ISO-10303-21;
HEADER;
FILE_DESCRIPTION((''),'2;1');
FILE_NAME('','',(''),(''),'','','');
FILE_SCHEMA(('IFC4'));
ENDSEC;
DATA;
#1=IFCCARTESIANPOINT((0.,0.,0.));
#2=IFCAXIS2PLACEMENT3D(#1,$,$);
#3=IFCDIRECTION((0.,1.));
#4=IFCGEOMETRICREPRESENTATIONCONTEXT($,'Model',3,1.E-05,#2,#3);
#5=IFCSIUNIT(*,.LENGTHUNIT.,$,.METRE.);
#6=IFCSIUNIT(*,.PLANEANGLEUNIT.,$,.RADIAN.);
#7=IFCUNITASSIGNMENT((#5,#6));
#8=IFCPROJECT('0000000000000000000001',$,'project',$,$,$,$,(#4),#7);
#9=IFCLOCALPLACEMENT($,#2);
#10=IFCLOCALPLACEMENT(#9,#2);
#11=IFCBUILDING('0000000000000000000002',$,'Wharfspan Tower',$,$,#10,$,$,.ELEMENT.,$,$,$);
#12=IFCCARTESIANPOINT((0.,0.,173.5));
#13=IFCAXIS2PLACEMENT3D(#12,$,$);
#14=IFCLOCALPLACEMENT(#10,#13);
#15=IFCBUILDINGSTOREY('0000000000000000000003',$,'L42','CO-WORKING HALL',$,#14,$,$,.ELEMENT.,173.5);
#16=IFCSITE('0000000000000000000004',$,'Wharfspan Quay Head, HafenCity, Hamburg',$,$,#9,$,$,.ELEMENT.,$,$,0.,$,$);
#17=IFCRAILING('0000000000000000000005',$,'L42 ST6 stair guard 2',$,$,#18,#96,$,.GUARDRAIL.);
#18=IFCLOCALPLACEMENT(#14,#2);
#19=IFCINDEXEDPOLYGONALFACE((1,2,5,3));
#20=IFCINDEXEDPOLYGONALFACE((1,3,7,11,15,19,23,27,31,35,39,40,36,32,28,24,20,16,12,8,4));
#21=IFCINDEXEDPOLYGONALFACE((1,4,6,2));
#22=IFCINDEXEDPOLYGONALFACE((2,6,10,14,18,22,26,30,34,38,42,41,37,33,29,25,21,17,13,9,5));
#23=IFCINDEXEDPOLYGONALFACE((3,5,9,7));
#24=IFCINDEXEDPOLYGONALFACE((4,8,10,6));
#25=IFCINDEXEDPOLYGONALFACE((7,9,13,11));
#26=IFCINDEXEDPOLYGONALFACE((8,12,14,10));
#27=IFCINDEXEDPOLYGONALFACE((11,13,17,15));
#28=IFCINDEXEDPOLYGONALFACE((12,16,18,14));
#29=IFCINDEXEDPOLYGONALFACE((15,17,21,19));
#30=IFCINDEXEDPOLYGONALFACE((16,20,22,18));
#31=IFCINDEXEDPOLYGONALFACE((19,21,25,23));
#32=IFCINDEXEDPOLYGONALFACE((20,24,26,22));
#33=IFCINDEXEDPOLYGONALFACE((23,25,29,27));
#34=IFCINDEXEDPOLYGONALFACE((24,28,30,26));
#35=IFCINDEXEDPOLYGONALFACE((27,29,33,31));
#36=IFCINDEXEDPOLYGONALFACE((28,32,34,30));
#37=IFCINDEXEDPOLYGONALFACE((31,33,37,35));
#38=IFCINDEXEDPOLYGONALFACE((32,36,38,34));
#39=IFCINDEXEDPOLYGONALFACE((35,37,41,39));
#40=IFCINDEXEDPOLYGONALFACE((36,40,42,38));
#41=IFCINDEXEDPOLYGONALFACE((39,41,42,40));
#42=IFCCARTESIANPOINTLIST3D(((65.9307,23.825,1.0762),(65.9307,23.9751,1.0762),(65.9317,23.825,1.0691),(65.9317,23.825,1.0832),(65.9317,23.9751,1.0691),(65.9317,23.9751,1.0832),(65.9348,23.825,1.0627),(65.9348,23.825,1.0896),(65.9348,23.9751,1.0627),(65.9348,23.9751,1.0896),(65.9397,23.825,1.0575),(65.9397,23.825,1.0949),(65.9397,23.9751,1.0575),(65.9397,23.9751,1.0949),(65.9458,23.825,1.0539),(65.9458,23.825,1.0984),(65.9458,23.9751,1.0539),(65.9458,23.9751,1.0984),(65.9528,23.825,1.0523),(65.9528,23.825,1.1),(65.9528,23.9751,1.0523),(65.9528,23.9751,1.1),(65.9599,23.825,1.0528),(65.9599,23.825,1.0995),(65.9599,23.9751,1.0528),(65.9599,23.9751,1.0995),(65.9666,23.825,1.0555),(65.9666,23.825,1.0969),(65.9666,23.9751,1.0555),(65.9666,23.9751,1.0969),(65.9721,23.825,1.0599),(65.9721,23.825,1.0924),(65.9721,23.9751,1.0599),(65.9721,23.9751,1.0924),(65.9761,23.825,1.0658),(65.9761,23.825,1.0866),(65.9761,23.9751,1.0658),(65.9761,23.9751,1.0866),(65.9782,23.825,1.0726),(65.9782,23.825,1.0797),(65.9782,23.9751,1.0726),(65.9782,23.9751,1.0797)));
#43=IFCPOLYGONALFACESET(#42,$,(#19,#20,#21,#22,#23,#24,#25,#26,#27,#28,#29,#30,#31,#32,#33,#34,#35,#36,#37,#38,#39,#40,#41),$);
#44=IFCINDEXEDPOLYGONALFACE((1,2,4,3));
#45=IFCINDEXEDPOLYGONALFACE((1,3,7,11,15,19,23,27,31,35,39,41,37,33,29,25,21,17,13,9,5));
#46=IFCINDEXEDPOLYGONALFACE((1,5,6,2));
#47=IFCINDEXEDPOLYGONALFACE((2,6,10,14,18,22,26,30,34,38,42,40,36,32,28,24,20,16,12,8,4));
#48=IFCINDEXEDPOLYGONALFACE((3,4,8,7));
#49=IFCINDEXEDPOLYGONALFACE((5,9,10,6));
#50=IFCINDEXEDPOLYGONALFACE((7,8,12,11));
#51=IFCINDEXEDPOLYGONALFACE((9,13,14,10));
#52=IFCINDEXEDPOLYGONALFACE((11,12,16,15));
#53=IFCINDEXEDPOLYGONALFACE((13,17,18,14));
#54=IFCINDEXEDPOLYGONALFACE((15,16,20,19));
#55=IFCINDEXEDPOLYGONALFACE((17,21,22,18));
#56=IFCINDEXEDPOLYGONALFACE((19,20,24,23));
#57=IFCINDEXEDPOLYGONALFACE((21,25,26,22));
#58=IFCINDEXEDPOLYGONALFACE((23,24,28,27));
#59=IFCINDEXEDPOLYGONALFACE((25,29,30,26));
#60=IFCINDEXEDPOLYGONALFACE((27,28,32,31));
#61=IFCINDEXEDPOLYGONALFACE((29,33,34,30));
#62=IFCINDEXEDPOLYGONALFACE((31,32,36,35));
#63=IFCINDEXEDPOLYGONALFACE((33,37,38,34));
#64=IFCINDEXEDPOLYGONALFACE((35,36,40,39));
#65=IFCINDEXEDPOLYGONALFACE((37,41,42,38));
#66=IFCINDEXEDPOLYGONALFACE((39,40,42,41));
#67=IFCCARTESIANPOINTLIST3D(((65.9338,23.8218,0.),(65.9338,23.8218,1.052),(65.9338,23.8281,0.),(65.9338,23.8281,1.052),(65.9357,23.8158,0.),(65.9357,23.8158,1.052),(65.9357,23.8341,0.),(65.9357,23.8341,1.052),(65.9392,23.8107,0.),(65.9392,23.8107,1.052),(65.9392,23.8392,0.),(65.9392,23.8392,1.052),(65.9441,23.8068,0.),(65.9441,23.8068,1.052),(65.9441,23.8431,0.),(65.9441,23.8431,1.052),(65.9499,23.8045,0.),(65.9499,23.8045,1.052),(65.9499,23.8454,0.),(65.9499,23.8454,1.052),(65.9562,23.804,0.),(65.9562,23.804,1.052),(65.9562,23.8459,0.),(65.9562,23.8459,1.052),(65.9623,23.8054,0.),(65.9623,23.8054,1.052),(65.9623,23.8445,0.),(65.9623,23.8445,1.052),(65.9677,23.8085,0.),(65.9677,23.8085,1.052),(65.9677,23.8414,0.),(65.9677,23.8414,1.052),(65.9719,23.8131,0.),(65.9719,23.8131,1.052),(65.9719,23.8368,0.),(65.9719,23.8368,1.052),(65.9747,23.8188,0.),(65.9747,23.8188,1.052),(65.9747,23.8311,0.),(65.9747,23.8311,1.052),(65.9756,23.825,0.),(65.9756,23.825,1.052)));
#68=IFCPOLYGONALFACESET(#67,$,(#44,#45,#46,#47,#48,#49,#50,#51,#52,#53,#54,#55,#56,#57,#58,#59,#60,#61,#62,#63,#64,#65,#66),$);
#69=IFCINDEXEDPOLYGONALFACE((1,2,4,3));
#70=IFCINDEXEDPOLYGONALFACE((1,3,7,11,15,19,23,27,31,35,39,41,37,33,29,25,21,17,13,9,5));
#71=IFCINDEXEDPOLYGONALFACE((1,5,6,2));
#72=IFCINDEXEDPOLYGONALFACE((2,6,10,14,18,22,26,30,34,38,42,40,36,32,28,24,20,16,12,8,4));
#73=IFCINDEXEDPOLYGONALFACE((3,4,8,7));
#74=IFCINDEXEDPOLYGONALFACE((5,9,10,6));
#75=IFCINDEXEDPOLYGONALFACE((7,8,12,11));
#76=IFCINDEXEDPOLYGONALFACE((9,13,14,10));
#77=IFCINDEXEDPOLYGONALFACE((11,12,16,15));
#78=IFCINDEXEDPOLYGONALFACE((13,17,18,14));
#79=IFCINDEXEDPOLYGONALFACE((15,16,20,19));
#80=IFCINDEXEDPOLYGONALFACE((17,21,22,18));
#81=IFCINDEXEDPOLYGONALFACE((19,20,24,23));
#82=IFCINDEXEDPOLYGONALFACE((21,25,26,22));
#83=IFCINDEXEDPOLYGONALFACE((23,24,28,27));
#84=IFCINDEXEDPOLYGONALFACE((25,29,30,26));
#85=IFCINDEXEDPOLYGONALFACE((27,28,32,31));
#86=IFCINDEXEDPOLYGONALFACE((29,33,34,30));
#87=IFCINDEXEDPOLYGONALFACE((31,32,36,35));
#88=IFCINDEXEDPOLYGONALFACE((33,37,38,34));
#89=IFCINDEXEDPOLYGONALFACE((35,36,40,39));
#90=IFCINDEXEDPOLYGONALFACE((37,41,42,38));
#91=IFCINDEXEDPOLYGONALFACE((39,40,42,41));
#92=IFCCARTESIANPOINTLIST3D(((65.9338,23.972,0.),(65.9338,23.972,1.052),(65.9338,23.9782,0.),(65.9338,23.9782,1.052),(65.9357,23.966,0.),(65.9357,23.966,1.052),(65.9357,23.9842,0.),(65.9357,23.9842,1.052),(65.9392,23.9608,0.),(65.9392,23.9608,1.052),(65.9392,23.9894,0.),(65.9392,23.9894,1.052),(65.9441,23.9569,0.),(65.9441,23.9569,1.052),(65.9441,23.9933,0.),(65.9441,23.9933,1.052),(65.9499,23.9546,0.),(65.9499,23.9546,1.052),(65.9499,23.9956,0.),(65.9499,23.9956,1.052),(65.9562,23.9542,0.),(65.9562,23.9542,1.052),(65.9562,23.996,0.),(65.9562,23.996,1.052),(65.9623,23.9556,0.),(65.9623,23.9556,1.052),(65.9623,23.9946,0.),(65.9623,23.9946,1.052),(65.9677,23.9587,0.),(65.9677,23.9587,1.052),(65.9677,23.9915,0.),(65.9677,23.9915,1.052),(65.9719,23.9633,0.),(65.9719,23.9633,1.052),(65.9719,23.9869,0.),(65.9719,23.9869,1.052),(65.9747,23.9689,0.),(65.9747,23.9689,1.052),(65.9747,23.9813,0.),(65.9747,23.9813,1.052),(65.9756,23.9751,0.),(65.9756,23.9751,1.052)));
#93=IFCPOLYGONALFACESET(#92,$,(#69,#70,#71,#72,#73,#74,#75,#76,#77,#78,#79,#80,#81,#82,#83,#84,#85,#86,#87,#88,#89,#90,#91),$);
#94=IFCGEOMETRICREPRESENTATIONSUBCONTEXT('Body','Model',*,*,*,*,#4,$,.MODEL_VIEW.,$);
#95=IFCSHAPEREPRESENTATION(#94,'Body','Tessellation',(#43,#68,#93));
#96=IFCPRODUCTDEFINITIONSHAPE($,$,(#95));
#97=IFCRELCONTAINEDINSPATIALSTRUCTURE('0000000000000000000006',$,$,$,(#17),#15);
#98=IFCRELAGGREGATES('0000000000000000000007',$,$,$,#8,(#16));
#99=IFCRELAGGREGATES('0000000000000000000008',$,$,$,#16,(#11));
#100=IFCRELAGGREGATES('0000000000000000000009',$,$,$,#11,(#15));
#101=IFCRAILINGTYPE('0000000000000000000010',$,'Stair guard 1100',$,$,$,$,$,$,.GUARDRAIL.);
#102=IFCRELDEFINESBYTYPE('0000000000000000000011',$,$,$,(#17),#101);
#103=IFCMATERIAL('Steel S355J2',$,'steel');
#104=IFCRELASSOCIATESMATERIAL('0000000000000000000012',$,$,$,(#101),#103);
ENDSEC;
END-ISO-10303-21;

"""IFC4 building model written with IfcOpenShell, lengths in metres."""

from ifc_helpers import new_model, si_unit, direction, frame, origin, origin_2d, place, context, subcontext, project, spatial, circle, extrude, material, type_object, element, save


model = new_model("IFC4")

# Units and contexts
model_context = context("Model", 3, precision=1e-05, world=origin(), true_north=direction((0.0, 1.0)))
body_context = subcontext(model_context, "Body", "Model", "MODEL_VIEW")
ifc_project = project(units=[si_unit("LENGTHUNIT", "METRE"), si_unit("PLANEANGLEUNIT", "RADIAN")], contexts=[model_context])

# Site, building, storey
site_placement = place(None, origin())
site = spatial("IfcSite", under=ifc_project, at=site_placement, Name="Wharfspan Quay Head, HafenCity, Hamburg", CompositionType="ELEMENT", RefElevation=0.0)
building_placement = place(site_placement, origin())
building = spatial("IfcBuilding", under=site, at=building_placement, Name="Wharfspan Tower", CompositionType="ELEMENT")
storey_placement = place(building_placement, frame((0.0, 0.0, 173.5)))
storey = spatial("IfcBuildingStorey", under=building, at=storey_placement, Name="L42", Description="CO-WORKING HALL", CompositionType="ELEMENT", Elevation=173.5)

# Shared definitions
ifc_material_1 = material(Name="Steel S355J2", Category="steel")

# Railing
railing_type_1 = type_object("IfcRailingType", Name="Stair guard 1100", PredefinedType="GUARDRAIL", material=ifc_material_1)
railing_1_placement = place(storey_placement, frame((65.9546, 23.825, 0.0)))
element("IfcRailing", 1, at=railing_1_placement, inside=storey, type_object=railing_type_1, Name="L42 ST6 stair guard 2", PredefinedType="GUARDRAIL", context=body_context, shape_type="SweptSolid", body=[
    extrude(circle(Radius=0.0239, at=origin_2d()), frame((0.0, 0.0, 1.0762), z_axis=(0.0, 1.0, 0.0), x_axis=(-1.0, 0.0, 0.0)), (0.0, 0.0, 1.0), 0.1501),
    extrude(circle(Radius=0.021, at=origin_2d()), origin(), (0.0, 0.0, 1.0), 1.052),
    extrude(circle(Radius=0.021, at=origin_2d()), frame((0.0, 0.1501, 0.0)), (0.0, 0.0, 1.0), 1.052),
])

save(model, "model.ifc")
